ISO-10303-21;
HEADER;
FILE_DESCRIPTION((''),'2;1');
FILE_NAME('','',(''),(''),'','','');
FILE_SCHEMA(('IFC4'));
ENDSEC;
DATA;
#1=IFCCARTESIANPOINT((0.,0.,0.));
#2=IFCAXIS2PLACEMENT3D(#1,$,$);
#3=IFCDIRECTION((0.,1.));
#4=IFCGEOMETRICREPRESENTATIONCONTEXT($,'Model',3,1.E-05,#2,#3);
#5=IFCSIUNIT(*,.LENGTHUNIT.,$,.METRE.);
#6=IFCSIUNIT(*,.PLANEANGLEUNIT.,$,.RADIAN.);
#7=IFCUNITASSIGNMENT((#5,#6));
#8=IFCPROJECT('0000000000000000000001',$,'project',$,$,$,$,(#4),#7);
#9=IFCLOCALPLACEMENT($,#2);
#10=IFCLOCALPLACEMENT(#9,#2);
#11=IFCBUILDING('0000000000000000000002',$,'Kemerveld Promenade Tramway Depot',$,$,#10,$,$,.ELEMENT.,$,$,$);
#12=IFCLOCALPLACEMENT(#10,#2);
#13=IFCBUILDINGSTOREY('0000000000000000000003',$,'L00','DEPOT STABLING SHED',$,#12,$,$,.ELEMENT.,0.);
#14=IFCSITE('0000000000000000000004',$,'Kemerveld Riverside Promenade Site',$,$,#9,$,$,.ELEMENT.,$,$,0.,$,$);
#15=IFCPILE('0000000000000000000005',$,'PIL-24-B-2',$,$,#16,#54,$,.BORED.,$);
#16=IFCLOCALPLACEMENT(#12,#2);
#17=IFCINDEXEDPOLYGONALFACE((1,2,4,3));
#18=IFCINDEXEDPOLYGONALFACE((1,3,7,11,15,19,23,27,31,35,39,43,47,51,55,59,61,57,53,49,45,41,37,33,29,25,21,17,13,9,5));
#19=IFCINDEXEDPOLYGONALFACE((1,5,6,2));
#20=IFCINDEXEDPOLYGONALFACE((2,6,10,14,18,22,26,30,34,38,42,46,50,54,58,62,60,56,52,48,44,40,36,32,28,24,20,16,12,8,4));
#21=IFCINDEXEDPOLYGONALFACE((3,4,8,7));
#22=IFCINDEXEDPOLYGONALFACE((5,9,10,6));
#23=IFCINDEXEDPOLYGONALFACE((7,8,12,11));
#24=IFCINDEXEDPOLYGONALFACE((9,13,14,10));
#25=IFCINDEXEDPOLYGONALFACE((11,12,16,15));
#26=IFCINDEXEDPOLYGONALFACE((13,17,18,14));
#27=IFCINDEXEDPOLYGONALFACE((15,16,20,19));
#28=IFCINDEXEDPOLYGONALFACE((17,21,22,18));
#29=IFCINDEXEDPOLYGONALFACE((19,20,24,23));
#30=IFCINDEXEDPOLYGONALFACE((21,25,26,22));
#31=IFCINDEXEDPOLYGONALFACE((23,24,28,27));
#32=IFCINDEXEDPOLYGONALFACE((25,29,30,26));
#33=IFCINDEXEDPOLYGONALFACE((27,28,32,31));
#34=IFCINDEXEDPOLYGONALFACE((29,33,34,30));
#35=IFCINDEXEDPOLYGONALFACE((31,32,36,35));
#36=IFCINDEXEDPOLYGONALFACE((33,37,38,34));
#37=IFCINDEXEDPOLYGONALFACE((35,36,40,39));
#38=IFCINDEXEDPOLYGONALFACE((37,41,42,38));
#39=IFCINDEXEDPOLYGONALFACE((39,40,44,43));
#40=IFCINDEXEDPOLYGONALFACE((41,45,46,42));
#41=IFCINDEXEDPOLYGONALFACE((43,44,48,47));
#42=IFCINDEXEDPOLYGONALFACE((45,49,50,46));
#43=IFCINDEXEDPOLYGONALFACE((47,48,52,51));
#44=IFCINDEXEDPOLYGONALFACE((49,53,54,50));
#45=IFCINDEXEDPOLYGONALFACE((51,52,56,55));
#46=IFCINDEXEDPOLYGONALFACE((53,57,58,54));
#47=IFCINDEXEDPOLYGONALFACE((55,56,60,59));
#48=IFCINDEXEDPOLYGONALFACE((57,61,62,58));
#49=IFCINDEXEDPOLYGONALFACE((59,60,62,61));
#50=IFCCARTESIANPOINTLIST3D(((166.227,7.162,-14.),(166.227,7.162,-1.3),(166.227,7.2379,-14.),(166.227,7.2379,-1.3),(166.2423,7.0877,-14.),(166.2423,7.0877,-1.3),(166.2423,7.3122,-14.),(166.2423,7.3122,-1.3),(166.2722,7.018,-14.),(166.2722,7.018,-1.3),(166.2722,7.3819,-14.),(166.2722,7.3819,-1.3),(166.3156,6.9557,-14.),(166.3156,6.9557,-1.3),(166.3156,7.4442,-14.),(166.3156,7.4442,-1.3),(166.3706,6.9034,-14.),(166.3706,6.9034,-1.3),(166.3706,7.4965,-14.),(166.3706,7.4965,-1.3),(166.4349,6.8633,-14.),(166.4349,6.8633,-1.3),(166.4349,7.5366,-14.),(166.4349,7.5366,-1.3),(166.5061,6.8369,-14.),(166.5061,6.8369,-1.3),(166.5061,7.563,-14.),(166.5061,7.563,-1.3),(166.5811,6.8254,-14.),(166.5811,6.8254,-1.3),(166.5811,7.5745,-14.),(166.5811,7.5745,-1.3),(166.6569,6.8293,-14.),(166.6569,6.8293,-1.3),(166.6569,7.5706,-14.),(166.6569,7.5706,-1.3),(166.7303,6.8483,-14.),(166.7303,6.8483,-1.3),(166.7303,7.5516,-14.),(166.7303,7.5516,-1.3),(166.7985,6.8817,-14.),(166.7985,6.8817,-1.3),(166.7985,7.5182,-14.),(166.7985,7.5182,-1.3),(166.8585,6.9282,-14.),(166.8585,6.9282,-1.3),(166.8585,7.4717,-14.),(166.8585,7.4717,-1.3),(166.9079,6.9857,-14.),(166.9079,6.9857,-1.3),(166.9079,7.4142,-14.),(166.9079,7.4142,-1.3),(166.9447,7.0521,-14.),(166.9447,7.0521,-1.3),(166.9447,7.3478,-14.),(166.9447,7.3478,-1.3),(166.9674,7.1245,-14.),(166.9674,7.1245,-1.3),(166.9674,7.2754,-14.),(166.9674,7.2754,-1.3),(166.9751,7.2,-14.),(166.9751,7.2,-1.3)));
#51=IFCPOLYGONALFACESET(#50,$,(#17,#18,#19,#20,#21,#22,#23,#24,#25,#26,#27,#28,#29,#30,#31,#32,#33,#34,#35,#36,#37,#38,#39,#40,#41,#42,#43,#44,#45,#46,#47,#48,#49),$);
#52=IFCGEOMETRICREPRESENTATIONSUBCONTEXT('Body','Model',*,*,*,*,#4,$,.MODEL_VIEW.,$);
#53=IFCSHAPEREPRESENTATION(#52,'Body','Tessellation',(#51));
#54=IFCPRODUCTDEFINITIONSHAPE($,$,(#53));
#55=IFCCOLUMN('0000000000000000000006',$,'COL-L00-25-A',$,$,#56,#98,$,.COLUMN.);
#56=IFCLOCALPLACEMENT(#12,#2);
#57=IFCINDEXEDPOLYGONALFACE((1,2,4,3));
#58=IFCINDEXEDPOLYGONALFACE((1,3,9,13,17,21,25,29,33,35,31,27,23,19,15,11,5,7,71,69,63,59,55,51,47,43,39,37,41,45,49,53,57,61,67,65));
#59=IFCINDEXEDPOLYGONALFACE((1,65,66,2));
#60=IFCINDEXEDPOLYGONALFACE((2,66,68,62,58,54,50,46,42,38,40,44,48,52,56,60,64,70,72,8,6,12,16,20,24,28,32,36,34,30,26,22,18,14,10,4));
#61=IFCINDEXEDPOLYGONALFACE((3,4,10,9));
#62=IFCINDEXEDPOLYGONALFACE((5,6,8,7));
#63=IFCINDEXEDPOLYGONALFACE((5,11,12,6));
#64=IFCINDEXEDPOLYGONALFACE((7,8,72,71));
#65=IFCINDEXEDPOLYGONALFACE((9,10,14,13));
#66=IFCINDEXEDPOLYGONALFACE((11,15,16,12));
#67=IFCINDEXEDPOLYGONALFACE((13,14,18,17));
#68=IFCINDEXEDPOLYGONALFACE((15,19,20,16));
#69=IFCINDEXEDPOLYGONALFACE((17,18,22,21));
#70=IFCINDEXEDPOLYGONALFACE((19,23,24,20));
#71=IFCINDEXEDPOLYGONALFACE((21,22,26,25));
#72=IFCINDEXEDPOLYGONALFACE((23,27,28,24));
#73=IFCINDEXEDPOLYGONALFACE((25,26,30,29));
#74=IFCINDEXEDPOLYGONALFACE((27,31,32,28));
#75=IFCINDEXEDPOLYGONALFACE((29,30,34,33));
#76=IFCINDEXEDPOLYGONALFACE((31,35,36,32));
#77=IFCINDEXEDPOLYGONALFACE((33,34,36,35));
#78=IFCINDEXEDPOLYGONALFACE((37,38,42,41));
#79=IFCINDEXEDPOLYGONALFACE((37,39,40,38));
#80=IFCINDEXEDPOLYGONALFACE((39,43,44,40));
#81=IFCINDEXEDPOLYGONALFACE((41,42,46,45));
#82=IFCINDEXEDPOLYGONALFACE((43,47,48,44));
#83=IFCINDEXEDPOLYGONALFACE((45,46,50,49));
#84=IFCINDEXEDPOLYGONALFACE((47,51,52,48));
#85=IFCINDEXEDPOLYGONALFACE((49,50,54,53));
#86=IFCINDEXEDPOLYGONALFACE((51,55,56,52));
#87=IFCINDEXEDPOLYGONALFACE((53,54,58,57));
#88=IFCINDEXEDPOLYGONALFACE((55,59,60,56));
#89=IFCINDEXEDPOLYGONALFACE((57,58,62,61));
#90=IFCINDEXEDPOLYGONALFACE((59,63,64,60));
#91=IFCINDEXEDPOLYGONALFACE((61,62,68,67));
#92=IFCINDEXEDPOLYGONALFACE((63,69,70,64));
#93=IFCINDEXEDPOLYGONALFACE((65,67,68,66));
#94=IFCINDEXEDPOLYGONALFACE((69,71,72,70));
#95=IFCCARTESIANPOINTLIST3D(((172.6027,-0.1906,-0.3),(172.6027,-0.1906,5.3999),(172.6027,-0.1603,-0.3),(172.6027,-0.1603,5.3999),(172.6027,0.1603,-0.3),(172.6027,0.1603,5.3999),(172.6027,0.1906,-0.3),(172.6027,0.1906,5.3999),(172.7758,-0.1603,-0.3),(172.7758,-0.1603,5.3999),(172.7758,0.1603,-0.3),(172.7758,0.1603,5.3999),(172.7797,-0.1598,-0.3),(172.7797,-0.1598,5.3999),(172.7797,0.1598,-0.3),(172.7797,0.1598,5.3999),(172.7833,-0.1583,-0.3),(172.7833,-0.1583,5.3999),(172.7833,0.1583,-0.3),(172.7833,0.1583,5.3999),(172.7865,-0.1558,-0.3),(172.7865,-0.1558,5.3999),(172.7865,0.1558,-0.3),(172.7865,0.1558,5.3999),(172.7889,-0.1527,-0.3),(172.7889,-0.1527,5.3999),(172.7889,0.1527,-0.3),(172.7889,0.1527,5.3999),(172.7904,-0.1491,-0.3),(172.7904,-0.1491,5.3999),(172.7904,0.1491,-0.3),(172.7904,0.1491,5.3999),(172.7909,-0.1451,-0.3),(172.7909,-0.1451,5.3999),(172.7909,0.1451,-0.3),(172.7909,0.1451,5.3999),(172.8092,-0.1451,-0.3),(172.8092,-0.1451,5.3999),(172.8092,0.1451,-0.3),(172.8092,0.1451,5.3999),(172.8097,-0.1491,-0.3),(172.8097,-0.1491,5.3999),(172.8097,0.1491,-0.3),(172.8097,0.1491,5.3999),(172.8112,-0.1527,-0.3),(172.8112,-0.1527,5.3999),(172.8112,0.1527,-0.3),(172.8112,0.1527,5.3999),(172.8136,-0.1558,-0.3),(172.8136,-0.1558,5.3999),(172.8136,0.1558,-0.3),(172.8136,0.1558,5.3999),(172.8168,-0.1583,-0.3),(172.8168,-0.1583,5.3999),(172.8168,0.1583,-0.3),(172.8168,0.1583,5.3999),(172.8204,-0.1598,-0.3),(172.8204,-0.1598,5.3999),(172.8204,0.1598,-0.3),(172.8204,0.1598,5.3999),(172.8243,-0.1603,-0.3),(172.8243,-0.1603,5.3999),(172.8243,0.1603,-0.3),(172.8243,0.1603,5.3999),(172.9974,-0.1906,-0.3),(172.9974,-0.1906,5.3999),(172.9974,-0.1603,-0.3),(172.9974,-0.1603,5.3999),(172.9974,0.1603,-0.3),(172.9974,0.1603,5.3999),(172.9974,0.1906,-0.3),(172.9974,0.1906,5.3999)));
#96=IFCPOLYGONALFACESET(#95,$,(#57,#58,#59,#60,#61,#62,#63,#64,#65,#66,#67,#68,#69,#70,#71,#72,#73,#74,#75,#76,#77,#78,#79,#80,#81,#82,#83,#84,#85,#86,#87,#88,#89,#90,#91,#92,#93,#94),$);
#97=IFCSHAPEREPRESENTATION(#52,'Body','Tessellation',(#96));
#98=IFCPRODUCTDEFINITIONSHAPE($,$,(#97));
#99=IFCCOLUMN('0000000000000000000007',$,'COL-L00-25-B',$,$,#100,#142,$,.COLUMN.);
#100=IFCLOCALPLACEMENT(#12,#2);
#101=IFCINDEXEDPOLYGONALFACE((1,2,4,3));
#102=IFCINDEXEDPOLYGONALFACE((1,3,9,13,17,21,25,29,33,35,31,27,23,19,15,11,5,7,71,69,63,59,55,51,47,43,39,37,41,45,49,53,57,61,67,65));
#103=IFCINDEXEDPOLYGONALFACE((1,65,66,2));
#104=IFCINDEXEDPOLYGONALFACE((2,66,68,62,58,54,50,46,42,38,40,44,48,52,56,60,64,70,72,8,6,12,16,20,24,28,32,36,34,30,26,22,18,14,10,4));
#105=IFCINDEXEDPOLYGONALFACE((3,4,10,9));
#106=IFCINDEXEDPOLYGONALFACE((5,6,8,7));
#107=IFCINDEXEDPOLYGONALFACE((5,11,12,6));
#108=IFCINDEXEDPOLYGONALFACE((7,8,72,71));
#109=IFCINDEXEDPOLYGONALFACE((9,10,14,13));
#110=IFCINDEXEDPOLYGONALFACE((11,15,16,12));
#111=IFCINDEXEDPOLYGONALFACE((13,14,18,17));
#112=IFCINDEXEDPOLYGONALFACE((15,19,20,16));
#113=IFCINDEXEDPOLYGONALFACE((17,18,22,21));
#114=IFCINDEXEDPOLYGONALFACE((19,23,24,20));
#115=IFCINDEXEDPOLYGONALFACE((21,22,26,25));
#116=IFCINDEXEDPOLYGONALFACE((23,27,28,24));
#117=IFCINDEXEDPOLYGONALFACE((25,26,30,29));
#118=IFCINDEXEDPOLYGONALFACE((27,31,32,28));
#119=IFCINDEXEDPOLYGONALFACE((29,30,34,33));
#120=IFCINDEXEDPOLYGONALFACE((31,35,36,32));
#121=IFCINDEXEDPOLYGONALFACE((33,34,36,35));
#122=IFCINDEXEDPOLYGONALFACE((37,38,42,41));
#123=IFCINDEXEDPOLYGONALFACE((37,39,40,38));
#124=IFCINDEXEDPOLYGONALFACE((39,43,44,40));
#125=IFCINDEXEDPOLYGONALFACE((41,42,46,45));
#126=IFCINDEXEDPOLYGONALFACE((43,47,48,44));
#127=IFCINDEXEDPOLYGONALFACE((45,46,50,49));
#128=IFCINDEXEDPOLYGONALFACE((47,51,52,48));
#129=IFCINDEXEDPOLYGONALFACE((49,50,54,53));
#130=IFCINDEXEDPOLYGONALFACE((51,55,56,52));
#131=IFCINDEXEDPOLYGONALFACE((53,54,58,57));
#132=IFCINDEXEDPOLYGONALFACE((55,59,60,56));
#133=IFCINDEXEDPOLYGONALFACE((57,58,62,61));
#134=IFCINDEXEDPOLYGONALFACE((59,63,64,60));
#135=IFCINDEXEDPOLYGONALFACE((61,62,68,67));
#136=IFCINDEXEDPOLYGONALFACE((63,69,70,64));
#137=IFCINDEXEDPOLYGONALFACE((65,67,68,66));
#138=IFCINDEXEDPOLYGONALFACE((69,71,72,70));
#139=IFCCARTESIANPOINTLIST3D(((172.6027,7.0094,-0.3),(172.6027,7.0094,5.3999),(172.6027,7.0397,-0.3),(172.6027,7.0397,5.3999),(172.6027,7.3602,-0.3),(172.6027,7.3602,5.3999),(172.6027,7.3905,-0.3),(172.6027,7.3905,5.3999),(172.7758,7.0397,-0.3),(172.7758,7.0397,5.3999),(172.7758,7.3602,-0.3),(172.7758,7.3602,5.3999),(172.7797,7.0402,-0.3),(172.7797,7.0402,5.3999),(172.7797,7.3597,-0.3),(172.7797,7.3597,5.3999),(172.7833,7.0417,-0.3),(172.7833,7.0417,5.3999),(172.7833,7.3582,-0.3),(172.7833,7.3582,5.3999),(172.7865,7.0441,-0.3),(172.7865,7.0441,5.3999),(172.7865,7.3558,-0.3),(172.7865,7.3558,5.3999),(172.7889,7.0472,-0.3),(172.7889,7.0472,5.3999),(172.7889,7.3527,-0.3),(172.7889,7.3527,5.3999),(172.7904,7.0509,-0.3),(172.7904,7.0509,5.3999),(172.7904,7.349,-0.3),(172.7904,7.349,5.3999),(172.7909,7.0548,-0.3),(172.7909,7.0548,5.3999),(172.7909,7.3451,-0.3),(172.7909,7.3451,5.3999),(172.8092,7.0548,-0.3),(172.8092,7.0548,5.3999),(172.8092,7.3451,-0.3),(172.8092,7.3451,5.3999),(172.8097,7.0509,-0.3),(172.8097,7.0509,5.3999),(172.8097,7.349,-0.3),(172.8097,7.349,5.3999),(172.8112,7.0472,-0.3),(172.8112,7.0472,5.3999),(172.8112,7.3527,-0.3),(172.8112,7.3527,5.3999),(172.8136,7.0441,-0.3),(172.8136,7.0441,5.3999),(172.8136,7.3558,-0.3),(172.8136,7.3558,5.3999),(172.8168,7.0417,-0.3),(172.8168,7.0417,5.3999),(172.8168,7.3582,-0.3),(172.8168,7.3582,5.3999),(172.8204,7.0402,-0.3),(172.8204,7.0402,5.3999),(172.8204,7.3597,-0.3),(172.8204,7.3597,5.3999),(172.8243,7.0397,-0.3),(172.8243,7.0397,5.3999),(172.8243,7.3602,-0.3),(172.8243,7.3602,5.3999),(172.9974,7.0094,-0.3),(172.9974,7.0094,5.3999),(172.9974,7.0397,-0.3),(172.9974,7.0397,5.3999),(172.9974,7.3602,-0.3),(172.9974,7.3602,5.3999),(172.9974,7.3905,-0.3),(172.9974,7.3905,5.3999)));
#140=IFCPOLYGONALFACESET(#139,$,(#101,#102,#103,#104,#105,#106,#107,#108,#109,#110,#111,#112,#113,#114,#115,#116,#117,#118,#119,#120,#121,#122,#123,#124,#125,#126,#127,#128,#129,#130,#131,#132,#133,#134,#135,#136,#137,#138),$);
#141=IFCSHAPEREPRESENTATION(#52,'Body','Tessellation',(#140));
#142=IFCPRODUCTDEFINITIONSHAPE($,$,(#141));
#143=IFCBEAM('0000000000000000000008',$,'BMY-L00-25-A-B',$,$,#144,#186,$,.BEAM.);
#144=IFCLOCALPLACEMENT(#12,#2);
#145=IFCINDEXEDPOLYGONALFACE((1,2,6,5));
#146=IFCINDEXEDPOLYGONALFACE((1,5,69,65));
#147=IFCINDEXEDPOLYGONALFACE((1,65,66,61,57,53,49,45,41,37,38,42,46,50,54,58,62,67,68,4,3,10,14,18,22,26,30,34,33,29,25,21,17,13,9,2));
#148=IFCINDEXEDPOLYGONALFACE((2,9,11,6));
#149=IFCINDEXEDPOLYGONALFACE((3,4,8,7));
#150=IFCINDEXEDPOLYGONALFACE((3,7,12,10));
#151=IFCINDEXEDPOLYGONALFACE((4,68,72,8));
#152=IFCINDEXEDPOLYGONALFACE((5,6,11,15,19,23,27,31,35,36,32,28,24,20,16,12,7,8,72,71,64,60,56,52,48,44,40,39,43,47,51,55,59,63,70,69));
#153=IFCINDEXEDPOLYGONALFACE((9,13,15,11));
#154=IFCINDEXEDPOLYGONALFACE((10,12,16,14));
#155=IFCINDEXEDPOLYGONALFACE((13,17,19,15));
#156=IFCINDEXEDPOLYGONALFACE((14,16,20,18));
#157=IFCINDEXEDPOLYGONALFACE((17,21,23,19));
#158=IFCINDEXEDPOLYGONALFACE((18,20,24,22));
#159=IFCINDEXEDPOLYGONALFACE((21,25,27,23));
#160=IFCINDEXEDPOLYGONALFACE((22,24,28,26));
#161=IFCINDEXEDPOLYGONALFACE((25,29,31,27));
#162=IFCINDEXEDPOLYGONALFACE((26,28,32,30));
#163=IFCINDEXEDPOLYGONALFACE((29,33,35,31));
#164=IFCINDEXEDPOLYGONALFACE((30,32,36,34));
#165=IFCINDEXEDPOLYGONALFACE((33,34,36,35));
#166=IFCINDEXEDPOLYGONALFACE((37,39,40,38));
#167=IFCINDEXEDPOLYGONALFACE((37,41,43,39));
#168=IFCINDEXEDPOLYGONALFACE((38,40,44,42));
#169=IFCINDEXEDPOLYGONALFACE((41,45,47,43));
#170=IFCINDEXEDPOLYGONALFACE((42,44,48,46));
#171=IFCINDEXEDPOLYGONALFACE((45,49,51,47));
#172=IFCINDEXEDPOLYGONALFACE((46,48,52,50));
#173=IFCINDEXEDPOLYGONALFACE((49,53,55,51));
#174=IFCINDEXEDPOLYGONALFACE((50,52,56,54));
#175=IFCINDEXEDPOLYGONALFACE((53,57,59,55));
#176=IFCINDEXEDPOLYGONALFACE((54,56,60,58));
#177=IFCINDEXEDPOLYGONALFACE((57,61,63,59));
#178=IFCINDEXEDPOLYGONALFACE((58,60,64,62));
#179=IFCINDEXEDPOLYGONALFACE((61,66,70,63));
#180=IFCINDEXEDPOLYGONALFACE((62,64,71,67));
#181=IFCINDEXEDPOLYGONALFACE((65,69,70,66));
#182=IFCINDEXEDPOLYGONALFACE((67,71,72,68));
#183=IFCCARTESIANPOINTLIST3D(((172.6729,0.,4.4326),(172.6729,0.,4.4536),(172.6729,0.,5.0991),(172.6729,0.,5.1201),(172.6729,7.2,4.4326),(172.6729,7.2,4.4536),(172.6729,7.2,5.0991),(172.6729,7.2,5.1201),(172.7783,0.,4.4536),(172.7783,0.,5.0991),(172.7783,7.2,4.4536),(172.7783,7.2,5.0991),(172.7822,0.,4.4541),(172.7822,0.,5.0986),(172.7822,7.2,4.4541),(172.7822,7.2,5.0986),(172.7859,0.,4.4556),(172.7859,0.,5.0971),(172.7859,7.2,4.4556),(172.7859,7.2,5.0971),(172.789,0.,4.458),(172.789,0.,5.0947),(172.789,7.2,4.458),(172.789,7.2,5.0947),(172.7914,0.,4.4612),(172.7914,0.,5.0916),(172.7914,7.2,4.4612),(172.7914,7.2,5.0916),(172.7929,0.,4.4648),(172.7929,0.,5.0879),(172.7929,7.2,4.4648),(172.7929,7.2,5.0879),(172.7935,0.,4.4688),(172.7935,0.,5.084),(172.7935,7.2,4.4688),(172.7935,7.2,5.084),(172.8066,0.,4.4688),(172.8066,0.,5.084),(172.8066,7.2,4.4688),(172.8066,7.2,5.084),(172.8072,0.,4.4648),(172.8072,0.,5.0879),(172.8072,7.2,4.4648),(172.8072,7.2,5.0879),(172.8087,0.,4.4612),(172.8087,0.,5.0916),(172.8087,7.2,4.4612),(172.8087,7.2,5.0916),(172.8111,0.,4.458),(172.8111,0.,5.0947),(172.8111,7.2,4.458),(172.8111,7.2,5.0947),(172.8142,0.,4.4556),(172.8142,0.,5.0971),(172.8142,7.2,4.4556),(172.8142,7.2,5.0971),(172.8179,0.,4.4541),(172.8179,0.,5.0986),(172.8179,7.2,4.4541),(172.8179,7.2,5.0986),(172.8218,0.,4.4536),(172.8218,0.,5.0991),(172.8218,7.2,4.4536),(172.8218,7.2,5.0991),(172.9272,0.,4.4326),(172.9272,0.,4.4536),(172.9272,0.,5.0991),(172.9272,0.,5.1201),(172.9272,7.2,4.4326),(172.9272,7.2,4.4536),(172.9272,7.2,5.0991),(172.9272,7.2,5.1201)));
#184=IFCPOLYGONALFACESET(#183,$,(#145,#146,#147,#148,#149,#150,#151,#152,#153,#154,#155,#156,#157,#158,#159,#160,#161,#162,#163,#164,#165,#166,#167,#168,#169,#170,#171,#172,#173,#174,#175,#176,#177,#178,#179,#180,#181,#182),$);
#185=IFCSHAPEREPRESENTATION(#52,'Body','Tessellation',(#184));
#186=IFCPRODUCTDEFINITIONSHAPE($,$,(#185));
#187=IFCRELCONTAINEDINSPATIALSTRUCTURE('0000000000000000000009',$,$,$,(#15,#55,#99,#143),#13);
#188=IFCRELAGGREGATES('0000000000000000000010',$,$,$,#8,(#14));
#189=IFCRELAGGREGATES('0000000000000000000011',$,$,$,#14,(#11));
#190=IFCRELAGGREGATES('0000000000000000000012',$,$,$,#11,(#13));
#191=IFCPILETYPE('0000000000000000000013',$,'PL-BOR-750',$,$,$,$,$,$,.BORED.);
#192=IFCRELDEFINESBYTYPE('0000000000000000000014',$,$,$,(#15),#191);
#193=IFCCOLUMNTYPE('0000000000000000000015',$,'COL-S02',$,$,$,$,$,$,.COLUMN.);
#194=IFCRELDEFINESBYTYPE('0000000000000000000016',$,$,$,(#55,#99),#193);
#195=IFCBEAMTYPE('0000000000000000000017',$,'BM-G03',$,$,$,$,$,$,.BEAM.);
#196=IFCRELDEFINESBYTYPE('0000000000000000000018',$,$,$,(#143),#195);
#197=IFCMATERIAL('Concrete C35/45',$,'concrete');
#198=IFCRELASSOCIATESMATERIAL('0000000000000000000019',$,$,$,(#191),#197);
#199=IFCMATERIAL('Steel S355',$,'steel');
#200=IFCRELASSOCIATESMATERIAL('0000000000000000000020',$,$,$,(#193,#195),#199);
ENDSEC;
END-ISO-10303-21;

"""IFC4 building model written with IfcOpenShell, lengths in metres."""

from ifc_helpers import new_model, si_unit, direction, frame, origin, origin_2d, place, context, subcontext, project, spatial, circle, i_section, extrude, material, material_profile, profile_set, type_object, element, save


model = new_model("IFC4")

# Units and contexts
model_context = context("Model", 3, precision=1e-05, world=origin(), true_north=direction((0.0, 1.0)))
body_context = subcontext(model_context, "Body", "Model", "MODEL_VIEW")
ifc_project = project(units=[si_unit("LENGTHUNIT", "METRE"), si_unit("PLANEANGLEUNIT", "RADIAN")], contexts=[model_context])

# Site, building, storey
site_placement = place(None, origin())
site = spatial("IfcSite", under=ifc_project, at=site_placement, Name="Kemerveld Riverside Promenade Site", CompositionType="ELEMENT", RefElevation=0.0)
building_placement = place(site_placement, origin())
building = spatial("IfcBuilding", under=site, at=building_placement, Name="Kemerveld Promenade Tramway Depot", CompositionType="ELEMENT")
storey_placement = place(building_placement, origin())
storey = spatial("IfcBuildingStorey", under=building, at=storey_placement, Name="L00", Description="DEPOT STABLING SHED", CompositionType="ELEMENT", Elevation=0.0)

# Shared definitions
ifc_material_1 = material(Name="Concrete C35/45", Category="concrete")

# Pile
ifc_material_profile_1 = material_profile(ifc_material_1, circle(Radius=0.375, at=origin_2d()), Name="PILE-D750")
ifc_profile_set_1 = profile_set([ifc_material_profile_1], Name="Concrete C35/45")
pile_type_1 = type_object("IfcPileType", Name="PL-BOR-750", PredefinedType="BORED", material=ifc_profile_set_1)
for number, where, z_axis, x_axis, name in (
    (1, (166.6001, 7.2, -1.3), (0.0, 0.0, -1.0), (1.0, 0.0, 0.0), "PIL-24-B-2"),
):
    element("IfcPile", number, at=place(storey_placement, frame(where, z_axis=z_axis, x_axis=x_axis)), inside=storey, type_object=pile_type_1, Name=name, PredefinedType="BORED", context=body_context, shape_type="SweptSolid", body=[
        extrude(circle(Radius=0.375, at=origin_2d()), origin(), (0.0, 0.0, 1.0), 12.7),
    ])

# Columns
ifc_material_2 = material(Name="Steel S355", Category="steel")
ifc_material_profile_2 = material_profile(ifc_material_2, i_section(OverallWidth=0.3948, OverallDepth=0.3811, WebThickness=0.0183, FlangeThickness=0.0303, FilletRadius=0.0151, at=origin_2d()), Name="356x406x235 UC")
ifc_profile_set_2 = profile_set([ifc_material_profile_2], Name="Steel S355")
column_type = type_object("IfcColumnType", Name="COL-S02", PredefinedType="COLUMN", material=ifc_profile_set_2)
for number, where, z_axis, x_axis, name in (
    (2, (172.8, 0.0, -0.3), (0.0, 0.0, 1.0), (1.0, 0.0, 0.0), "COL-L00-25-A"),
    (3, (172.8, 7.2, -0.3), (0.0, 0.0, 1.0), (1.0, 0.0, 0.0), "COL-L00-25-B"),
):
    element("IfcColumn", number, at=place(storey_placement, frame(where, z_axis=z_axis, x_axis=x_axis)), inside=storey, type_object=column_type, Name=name, PredefinedType="COLUMN", context=body_context, shape_type="SweptSolid", body=[
        extrude(i_section(OverallWidth=0.3948, OverallDepth=0.3811, WebThickness=0.0183, FlangeThickness=0.0303, FilletRadius=0.0151, at=origin_2d()), origin(), (0.0, 0.0, 1.0), 5.7),
    ])

# Beam
ifc_material_profile_3 = material_profile(ifc_material_2, i_section(OverallWidth=0.2544, OverallDepth=0.6875, WebThickness=0.0132, FlangeThickness=0.021, FilletRadius=0.0151, at=origin_2d()), Name="686x254x152 UB")
ifc_profile_set_3 = profile_set([ifc_material_profile_3], Name="Steel S355")
beam_type_1 = type_object("IfcBeamType", Name="BM-G03", PredefinedType="BEAM", material=ifc_profile_set_3)
for number, where, z_axis, x_axis, name in (
    (4, (172.8, 0.0, 4.7764), (0.0, 1.0, 0.0), (-1.0, 0.0, 0.0), "BMY-L00-25-A-B"),
):
    element("IfcBeam", number, at=place(storey_placement, frame(where, z_axis=z_axis, x_axis=x_axis)), inside=storey, type_object=beam_type_1, Name=name, PredefinedType="BEAM", context=body_context, shape_type="SweptSolid", body=[
        extrude(i_section(OverallWidth=0.2544, OverallDepth=0.6875, WebThickness=0.0132, FlangeThickness=0.021, FilletRadius=0.0151, at=origin_2d()), origin(), (0.0, 0.0, 1.0), 7.2),
    ])

save(model, "model.ifc")
